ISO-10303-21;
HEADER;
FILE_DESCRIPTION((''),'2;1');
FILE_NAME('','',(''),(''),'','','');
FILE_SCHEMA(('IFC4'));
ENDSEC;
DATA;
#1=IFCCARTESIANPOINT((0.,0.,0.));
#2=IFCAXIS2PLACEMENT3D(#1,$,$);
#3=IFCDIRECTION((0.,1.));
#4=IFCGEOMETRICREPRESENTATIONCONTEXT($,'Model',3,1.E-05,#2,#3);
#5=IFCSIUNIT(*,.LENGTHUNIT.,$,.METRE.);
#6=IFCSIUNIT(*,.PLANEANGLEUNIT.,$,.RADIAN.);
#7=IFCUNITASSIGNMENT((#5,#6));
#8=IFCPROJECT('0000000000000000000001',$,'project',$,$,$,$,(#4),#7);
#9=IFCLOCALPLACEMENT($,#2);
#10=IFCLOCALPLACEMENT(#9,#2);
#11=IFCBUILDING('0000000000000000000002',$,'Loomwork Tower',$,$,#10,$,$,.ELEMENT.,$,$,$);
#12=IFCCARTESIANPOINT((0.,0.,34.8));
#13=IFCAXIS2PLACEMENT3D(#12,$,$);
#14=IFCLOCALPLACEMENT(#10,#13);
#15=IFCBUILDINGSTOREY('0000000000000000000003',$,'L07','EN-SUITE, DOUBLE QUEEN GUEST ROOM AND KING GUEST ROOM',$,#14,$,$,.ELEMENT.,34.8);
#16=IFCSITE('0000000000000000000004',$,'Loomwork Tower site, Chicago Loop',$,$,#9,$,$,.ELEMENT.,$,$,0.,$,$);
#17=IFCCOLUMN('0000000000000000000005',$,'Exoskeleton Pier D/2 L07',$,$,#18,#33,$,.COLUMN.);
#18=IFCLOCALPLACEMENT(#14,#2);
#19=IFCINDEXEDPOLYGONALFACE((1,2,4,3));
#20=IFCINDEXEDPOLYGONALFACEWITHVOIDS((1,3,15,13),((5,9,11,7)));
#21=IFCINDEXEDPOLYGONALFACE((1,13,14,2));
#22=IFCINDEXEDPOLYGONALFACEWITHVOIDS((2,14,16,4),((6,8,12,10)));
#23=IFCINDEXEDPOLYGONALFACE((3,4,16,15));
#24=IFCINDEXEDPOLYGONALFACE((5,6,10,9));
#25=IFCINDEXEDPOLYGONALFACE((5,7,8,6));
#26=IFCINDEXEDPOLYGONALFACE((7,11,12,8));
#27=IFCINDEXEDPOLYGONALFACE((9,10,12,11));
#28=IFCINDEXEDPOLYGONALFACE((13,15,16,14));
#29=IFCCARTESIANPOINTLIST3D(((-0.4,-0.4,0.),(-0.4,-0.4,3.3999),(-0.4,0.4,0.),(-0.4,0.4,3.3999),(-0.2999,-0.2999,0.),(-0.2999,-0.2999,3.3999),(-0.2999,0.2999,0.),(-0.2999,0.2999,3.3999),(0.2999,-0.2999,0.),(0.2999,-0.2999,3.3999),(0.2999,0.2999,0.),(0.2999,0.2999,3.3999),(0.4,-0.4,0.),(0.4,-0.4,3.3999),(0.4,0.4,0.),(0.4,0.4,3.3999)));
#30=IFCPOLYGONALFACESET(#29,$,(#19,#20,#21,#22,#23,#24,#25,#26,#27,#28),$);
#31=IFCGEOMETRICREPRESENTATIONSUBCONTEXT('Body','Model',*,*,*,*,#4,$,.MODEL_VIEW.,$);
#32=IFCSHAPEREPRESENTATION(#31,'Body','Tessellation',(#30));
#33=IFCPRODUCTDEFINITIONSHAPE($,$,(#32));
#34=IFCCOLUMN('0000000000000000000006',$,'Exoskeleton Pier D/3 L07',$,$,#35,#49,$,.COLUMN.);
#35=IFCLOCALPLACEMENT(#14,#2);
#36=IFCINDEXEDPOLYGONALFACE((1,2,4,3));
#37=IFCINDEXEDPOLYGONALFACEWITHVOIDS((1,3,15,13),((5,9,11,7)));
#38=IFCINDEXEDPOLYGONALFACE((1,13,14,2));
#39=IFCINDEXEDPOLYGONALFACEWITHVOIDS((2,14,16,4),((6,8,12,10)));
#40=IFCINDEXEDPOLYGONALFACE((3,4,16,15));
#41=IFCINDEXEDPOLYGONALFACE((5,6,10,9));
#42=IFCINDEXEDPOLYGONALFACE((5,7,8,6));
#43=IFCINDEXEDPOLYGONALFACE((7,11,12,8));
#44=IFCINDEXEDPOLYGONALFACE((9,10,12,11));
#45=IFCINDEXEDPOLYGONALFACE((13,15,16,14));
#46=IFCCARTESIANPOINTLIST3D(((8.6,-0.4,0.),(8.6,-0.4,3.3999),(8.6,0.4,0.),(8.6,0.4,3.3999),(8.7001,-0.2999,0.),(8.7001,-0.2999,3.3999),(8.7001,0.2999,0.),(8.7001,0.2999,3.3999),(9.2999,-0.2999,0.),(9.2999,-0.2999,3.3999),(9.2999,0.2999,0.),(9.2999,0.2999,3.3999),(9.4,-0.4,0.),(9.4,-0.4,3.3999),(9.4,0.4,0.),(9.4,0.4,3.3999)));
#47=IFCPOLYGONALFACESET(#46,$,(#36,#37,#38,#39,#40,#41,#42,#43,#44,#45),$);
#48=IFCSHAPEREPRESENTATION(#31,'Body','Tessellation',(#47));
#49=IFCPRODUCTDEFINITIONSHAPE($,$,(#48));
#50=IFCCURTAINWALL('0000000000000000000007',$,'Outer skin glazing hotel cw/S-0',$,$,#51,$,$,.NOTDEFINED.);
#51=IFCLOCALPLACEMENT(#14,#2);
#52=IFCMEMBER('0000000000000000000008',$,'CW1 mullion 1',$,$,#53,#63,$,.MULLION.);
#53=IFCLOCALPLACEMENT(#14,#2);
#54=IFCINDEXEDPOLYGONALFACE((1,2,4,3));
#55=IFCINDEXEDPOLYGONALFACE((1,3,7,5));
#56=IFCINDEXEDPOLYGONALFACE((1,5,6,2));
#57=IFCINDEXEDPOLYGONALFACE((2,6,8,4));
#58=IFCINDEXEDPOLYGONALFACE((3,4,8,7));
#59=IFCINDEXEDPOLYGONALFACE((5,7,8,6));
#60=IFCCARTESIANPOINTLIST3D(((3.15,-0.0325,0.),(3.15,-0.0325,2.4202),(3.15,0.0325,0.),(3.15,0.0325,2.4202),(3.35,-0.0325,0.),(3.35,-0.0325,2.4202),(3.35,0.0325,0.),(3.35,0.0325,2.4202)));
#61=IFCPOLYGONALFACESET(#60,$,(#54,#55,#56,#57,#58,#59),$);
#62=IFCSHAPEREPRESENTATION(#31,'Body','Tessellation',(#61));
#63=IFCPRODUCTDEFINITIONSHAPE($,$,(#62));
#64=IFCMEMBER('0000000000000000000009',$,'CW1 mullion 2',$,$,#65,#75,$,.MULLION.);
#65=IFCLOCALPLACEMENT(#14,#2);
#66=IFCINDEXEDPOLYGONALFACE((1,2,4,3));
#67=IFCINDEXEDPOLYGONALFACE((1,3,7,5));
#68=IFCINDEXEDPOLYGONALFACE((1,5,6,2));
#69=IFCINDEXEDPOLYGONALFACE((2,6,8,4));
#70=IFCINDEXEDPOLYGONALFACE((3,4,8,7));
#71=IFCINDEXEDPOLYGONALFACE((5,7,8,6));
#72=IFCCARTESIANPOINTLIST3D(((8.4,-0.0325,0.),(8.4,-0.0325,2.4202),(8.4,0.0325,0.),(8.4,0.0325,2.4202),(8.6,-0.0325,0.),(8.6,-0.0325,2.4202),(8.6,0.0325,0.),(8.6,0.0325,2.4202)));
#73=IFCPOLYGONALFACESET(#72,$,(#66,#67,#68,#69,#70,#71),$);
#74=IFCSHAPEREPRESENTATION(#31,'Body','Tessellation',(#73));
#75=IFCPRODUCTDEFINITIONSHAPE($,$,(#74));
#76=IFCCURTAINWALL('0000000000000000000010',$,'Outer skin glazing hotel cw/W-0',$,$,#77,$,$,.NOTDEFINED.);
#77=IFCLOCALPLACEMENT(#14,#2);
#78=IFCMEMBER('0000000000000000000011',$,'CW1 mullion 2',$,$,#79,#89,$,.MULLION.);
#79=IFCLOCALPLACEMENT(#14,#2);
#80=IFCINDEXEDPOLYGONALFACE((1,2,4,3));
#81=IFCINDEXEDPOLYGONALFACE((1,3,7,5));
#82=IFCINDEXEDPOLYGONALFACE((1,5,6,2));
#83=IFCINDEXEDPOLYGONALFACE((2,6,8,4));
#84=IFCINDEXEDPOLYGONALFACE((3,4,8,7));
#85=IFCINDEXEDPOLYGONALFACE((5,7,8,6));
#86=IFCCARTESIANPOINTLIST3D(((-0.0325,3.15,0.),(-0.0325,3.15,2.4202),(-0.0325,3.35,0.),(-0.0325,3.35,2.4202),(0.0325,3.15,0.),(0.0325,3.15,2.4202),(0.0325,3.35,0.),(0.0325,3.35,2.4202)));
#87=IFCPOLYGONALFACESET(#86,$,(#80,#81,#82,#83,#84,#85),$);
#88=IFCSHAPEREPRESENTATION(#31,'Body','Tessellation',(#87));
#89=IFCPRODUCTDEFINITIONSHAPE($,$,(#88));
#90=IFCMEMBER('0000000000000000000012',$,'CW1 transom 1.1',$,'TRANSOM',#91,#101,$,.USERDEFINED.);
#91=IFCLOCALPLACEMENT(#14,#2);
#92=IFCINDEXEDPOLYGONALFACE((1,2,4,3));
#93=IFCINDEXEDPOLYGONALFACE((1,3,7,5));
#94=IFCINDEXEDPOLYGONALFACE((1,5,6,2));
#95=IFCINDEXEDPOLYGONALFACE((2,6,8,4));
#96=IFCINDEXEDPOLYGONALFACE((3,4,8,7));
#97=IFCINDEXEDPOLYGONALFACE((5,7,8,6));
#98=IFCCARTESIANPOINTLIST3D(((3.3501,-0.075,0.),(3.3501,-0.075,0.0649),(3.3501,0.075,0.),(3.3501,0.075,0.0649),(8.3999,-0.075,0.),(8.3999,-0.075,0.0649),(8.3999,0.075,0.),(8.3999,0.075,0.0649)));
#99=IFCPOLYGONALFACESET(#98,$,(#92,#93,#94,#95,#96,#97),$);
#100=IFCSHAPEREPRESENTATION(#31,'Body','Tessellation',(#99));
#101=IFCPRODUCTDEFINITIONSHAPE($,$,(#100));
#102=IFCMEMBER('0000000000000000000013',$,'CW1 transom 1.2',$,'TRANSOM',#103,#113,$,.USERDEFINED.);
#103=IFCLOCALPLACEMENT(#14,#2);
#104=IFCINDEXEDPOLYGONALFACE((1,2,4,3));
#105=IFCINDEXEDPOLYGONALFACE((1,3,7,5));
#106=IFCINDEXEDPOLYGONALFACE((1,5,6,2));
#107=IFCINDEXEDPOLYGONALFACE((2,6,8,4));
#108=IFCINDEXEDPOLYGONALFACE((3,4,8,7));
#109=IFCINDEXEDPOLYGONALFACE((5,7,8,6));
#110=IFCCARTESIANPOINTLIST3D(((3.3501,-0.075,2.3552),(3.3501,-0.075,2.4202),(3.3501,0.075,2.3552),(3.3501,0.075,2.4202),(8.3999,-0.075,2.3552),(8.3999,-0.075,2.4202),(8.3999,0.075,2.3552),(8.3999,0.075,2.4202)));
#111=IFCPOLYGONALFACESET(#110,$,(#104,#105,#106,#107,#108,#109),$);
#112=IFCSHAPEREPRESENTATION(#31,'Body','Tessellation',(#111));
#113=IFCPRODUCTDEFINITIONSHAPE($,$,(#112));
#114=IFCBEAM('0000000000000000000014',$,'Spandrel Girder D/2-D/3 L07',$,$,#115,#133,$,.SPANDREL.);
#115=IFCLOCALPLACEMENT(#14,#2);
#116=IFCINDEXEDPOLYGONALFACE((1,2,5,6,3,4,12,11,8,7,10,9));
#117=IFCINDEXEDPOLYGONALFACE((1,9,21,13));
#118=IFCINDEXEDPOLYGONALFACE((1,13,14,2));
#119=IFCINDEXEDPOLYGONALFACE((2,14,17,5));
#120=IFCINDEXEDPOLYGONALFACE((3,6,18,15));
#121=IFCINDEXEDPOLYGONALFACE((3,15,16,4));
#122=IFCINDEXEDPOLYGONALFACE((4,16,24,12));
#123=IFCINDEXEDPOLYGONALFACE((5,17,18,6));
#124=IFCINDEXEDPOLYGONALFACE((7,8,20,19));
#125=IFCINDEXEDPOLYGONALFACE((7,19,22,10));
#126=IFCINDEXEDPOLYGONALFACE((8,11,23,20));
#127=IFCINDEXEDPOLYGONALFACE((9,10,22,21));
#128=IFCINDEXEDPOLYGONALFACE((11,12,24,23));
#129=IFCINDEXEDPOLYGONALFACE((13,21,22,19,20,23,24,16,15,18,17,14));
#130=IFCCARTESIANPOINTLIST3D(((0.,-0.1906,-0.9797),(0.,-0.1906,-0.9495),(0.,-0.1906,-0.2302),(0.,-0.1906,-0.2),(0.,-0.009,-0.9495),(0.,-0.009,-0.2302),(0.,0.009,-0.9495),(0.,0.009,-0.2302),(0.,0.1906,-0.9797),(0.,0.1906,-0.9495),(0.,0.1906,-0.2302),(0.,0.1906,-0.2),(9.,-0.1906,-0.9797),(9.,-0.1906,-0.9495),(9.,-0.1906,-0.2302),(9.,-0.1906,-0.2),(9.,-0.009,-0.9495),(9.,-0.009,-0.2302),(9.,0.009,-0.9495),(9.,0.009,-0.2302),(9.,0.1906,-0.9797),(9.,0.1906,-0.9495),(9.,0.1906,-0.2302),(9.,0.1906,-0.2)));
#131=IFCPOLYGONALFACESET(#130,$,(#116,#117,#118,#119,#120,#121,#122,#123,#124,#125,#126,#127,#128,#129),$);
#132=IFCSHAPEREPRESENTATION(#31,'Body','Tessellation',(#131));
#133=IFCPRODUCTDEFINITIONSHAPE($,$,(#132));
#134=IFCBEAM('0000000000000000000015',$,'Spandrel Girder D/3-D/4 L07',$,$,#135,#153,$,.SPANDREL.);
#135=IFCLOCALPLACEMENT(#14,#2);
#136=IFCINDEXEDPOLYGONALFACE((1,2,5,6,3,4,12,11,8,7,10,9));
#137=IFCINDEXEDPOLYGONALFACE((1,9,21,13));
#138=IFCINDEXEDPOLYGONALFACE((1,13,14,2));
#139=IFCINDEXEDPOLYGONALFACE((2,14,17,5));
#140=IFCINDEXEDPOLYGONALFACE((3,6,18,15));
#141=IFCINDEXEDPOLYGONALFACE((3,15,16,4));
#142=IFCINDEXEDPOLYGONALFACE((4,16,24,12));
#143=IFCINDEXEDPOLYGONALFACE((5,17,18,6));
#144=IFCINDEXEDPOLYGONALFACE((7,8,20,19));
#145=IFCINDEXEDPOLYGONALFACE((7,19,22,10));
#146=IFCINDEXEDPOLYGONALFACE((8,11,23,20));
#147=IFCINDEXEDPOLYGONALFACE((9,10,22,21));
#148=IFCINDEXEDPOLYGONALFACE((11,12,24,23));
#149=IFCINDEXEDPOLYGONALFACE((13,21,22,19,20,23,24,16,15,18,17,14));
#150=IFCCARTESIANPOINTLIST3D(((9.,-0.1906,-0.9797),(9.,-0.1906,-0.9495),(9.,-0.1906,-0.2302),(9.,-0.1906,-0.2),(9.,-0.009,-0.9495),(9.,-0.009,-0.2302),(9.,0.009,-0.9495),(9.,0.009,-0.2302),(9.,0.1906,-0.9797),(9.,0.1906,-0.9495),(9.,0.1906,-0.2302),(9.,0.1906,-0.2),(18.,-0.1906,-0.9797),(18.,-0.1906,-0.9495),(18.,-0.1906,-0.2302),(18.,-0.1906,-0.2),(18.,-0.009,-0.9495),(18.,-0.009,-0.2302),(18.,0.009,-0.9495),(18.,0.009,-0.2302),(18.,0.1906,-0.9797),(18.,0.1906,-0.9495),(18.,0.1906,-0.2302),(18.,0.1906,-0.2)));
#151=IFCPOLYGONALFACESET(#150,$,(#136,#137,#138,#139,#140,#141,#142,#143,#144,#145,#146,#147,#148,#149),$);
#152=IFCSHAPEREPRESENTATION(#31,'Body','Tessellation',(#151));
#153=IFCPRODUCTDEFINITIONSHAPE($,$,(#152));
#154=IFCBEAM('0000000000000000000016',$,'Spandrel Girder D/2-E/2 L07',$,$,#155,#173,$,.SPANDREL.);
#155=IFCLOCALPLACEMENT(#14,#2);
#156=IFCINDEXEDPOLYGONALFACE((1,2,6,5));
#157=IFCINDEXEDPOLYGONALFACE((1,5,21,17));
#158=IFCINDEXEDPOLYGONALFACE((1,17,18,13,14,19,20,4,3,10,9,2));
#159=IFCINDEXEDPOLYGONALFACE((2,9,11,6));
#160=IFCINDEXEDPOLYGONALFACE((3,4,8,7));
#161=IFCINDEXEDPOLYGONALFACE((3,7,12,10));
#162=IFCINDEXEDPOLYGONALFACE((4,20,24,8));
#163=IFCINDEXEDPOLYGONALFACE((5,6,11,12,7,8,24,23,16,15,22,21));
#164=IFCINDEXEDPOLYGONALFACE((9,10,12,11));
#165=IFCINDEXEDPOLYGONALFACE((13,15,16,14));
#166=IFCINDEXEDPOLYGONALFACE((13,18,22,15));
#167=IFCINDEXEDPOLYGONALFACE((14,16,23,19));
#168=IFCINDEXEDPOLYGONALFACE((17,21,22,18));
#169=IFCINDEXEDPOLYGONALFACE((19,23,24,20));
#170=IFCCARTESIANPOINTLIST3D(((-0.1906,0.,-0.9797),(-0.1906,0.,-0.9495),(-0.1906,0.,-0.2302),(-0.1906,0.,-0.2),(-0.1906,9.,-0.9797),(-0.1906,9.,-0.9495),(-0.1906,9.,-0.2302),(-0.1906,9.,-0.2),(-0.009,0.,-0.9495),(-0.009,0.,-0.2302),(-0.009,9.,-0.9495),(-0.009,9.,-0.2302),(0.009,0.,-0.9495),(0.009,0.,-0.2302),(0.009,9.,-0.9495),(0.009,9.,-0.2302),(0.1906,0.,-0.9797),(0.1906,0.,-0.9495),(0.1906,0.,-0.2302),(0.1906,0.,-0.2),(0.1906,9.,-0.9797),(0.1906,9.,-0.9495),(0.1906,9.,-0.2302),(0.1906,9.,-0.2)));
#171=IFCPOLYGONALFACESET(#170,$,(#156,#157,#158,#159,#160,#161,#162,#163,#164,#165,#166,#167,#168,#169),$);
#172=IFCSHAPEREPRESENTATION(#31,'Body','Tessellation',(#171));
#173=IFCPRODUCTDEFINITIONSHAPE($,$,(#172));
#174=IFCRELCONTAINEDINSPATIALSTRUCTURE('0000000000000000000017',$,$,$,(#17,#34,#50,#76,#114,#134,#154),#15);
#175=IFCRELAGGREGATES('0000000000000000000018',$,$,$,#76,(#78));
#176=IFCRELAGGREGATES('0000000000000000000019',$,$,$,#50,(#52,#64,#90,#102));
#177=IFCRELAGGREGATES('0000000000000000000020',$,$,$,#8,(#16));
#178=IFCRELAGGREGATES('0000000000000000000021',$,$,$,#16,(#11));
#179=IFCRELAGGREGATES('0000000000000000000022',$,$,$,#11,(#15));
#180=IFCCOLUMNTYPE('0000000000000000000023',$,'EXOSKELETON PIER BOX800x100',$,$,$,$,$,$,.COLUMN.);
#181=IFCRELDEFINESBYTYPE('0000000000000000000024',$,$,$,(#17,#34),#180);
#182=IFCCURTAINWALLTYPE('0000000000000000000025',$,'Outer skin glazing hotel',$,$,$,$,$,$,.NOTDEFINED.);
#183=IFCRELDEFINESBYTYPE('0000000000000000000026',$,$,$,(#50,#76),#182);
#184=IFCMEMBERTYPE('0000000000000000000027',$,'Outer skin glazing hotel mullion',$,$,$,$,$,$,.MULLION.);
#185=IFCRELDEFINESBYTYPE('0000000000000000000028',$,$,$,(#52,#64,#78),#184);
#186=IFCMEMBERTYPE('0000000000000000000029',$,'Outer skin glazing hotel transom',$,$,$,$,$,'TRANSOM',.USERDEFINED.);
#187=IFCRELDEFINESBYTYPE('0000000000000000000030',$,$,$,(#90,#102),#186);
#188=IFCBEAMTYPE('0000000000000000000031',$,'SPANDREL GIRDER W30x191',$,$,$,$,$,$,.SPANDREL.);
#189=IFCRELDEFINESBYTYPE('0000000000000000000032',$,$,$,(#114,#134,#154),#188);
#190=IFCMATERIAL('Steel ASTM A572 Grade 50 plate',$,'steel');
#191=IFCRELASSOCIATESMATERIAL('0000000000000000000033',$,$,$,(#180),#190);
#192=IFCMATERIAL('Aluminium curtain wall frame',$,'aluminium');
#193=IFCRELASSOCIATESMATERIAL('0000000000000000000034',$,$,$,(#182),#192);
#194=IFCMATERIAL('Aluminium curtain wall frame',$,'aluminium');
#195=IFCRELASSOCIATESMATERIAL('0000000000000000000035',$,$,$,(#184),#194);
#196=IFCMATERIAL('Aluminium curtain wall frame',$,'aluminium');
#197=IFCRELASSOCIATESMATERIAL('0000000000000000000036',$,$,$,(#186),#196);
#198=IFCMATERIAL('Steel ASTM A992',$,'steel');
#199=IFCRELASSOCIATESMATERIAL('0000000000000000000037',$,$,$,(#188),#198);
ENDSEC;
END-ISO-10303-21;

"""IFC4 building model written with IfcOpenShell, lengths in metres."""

from ifc_helpers import new_model, si_unit, direction, frame, origin, origin_2d, place, context, subcontext, project, spatial, rectangle, hollow_rectangle, i_section, extrude, material, material_profile, profile_set, type_object, element, aggregate, save


model = new_model("IFC4")

# Units and contexts
model_context = context("Model", 3, precision=1e-05, world=origin(), true_north=direction((0.0, 1.0)))
body_context = subcontext(model_context, "Body", "Model", "MODEL_VIEW")
ifc_project = project(units=[si_unit("LENGTHUNIT", "METRE"), si_unit("PLANEANGLEUNIT", "RADIAN")], contexts=[model_context])

# Site, building, storey
site_placement = place(None, origin())
site = spatial("IfcSite", under=ifc_project, at=site_placement, Name="Loomwork Tower site, Chicago Loop", CompositionType="ELEMENT", RefElevation=0.0)
building_placement = place(site_placement, origin())
building = spatial("IfcBuilding", under=site, at=building_placement, Name="Loomwork Tower", CompositionType="ELEMENT")
storey_placement = place(building_placement, frame((0.0, 0.0, 34.8)))
storey = spatial("IfcBuildingStorey", under=building, at=storey_placement, Name="L07", Description="EN-SUITE, DOUBLE QUEEN GUEST ROOM AND KING GUEST ROOM", CompositionType="ELEMENT", Elevation=34.8)

# Columns
ifc_material_1 = material(Name="Steel ASTM A572 Grade 50 plate", Category="steel")
ifc_material_profile_1 = material_profile(ifc_material_1, hollow_rectangle(XDim=0.8, YDim=0.8, WallThickness=0.1001, at=origin_2d()), Name="BOX800x100")
ifc_profile_set_1 = profile_set([ifc_material_profile_1], Name="Steel ASTM A572 Grade 50 plate")
column_type = type_object("IfcColumnType", Name="EXOSKELETON PIER BOX800x100", PredefinedType="COLUMN", material=ifc_profile_set_1)
for number, where, z_axis, x_axis, name in (
    (1, (0.0, 0.0, 0.0), (0.0, 0.0, 1.0), (1.0, 0.0, 0.0), "Exoskeleton Pier D/2 L07"),
    (2, (9.0, 0.0, 0.0), (0.0, 0.0, 1.0), (1.0, 0.0, 0.0), "Exoskeleton Pier D/3 L07"),
):
    element("IfcColumn", number, at=place(storey_placement, frame(where, z_axis=z_axis, x_axis=x_axis)), inside=storey, type_object=column_type, Name=name, PredefinedType="COLUMN", context=body_context, shape_type="SweptSolid", body=[
        extrude(hollow_rectangle(XDim=0.8, YDim=0.8, WallThickness=0.1001, at=origin_2d()), origin(), (0.0, 0.0, 1.0), 3.3999),
    ])

# Curtain wall, members
ifc_material_2 = material(Name="Aluminium curtain wall frame", Category="aluminium")
curtain_wall_type = type_object("IfcCurtainWallType", Name="Outer skin glazing hotel", PredefinedType="NOTDEFINED", material=ifc_material_2)
curtain_wall_1_placement = place(storey_placement, origin())
curtain_wall_1 = element("IfcCurtainWall", 3, at=curtain_wall_1_placement, inside=storey, type_object=curtain_wall_type, Name="Outer skin glazing hotel cw/S-0", PredefinedType="NOTDEFINED")
ifc_material_3 = material(Name="Aluminium curtain wall frame", Category="aluminium")
ifc_material_profile_2 = material_profile(ifc_material_3, rectangle(XDim=0.0649, YDim=0.2, at=origin_2d()), Name="AL 65x200")
ifc_profile_set_2 = profile_set([ifc_material_profile_2], Name="Aluminium curtain wall frame")
member_type_1 = type_object("IfcMemberType", Name="Outer skin glazing hotel mullion", PredefinedType="MULLION", material=ifc_profile_set_2)
member_1_placement = place(storey_placement, frame((3.25, 0.0, 0.0), z_axis=(0.0, 0.0, 1.0), x_axis=(0.0, 1.0, 0.0)))
member_1 = element("IfcMember", 4, at=member_1_placement, type_object=member_type_1, Name="CW1 mullion 1", PredefinedType="MULLION", context=body_context, shape_type="SweptSolid", body=[
    extrude(rectangle(XDim=0.0649, YDim=0.2, at=origin_2d()), origin(), (0.0, 0.0, 1.0), 2.4202),
])
member_2_placement = place(storey_placement, frame((8.5, 0.0, 0.0), z_axis=(0.0, 0.0, 1.0), x_axis=(0.0, 1.0, 0.0)))
member_2 = element("IfcMember", 5, at=member_2_placement, type_object=member_type_1, Name="CW1 mullion 2", PredefinedType="MULLION", context=body_context, shape_type="SweptSolid", body=[
    extrude(rectangle(XDim=0.0649, YDim=0.2, at=origin_2d()), origin(), (0.0, 0.0, 1.0), 2.4202),
])

# Curtain wall, member
curtain_wall_2_placement = place(storey_placement, origin())
curtain_wall_2 = element("IfcCurtainWall", 6, at=curtain_wall_2_placement, inside=storey, type_object=curtain_wall_type, Name="Outer skin glazing hotel cw/W-0", PredefinedType="NOTDEFINED")
member_3_placement = place(storey_placement, frame((0.0, 3.25, 0.0), z_axis=(0.0, 0.0, 1.0), x_axis=(1.0, 0.0, 0.0)))
member_3 = element("IfcMember", 7, at=member_3_placement, type_object=member_type_1, Name="CW1 mullion 2", PredefinedType="MULLION", context=body_context, shape_type="SweptSolid", body=[
    extrude(rectangle(XDim=0.0649, YDim=0.2, at=origin_2d()), origin(), (0.0, 0.0, 1.0), 2.4202),
])
aggregate(curtain_wall_2, [member_3])

# Members
ifc_material_4 = material(Name="Aluminium curtain wall frame", Category="aluminium")
ifc_material_profile_3 = material_profile(ifc_material_4, rectangle(XDim=0.1499, YDim=0.0649, at=origin_2d()), Name="AL 65x150")
ifc_profile_set_3 = profile_set([ifc_material_profile_3], Name="Aluminium curtain wall frame")
member_type_2 = type_object("IfcMemberType", Name="Outer skin glazing hotel transom", ElementType="TRANSOM", PredefinedType="USERDEFINED", material=ifc_profile_set_3)
member_4_placement = place(storey_placement, frame((3.3501, 0.0, 0.0325), z_axis=(1.0, 0.0, 0.0), x_axis=(0.0, 1.0, 0.0)))
member_4 = element("IfcMember", 8, at=member_4_placement, type_object=member_type_2, Name="CW1 transom 1.1", ObjectType="TRANSOM", PredefinedType="USERDEFINED", context=body_context, shape_type="SweptSolid", body=[
    extrude(rectangle(XDim=0.1499, YDim=0.0649, at=origin_2d()), origin(), (0.0, 0.0, 1.0), 5.0498),
])
member_5_placement = place(storey_placement, frame((3.3501, 0.0, 2.3877), z_axis=(1.0, 0.0, 0.0), x_axis=(0.0, 1.0, 0.0)))
member_5 = element("IfcMember", 9, at=member_5_placement, type_object=member_type_2, Name="CW1 transom 1.2", ObjectType="TRANSOM", PredefinedType="USERDEFINED", context=body_context, shape_type="SweptSolid", body=[
    extrude(rectangle(XDim=0.1499, YDim=0.0649, at=origin_2d()), origin(), (0.0, 0.0, 1.0), 5.0498),
])

# Beams
ifc_material_5 = material(Name="Steel ASTM A992", Category="steel")
ifc_material_profile_4 = material_profile(ifc_material_5, i_section(OverallWidth=0.3811, OverallDepth=0.7798, WebThickness=0.0181, FlangeThickness=0.0303, at=origin_2d()), Name="W30x191")
ifc_profile_set_4 = profile_set([ifc_material_profile_4], Name="Steel ASTM A992")
beam_type = type_object("IfcBeamType", Name="SPANDREL GIRDER W30x191", PredefinedType="SPANDREL", material=ifc_profile_set_4)
for number, where, z_axis, x_axis, name in (
    (10, (0.0, 0.0, -0.5898), (1.0, 0.0, 0.0), (0.0, 1.0, 0.0), "Spandrel Girder D/2-D/3 L07"),
    (11, (9.0, 0.0, -0.5898), (1.0, 0.0, 0.0), (0.0, 1.0, 0.0), "Spandrel Girder D/3-D/4 L07"),
    (12, (0.0, 0.0, -0.5898), (0.0, 1.0, 0.0), (-1.0, 0.0, 0.0), "Spandrel Girder D/2-E/2 L07"),
):
    element("IfcBeam", number, at=place(storey_placement, frame(where, z_axis=z_axis, x_axis=x_axis)), inside=storey, type_object=beam_type, Name=name, PredefinedType="SPANDREL", context=body_context, shape_type="SweptSolid", body=[
        extrude(i_section(OverallWidth=0.3811, OverallDepth=0.7798, WebThickness=0.0181, FlangeThickness=0.0303, at=origin_2d()), origin(), (0.0, 0.0, 1.0), 9.0),
    ])

aggregate(curtain_wall_1, [member_1, member_2, member_4, member_5])

save(model, "model.ifc")
